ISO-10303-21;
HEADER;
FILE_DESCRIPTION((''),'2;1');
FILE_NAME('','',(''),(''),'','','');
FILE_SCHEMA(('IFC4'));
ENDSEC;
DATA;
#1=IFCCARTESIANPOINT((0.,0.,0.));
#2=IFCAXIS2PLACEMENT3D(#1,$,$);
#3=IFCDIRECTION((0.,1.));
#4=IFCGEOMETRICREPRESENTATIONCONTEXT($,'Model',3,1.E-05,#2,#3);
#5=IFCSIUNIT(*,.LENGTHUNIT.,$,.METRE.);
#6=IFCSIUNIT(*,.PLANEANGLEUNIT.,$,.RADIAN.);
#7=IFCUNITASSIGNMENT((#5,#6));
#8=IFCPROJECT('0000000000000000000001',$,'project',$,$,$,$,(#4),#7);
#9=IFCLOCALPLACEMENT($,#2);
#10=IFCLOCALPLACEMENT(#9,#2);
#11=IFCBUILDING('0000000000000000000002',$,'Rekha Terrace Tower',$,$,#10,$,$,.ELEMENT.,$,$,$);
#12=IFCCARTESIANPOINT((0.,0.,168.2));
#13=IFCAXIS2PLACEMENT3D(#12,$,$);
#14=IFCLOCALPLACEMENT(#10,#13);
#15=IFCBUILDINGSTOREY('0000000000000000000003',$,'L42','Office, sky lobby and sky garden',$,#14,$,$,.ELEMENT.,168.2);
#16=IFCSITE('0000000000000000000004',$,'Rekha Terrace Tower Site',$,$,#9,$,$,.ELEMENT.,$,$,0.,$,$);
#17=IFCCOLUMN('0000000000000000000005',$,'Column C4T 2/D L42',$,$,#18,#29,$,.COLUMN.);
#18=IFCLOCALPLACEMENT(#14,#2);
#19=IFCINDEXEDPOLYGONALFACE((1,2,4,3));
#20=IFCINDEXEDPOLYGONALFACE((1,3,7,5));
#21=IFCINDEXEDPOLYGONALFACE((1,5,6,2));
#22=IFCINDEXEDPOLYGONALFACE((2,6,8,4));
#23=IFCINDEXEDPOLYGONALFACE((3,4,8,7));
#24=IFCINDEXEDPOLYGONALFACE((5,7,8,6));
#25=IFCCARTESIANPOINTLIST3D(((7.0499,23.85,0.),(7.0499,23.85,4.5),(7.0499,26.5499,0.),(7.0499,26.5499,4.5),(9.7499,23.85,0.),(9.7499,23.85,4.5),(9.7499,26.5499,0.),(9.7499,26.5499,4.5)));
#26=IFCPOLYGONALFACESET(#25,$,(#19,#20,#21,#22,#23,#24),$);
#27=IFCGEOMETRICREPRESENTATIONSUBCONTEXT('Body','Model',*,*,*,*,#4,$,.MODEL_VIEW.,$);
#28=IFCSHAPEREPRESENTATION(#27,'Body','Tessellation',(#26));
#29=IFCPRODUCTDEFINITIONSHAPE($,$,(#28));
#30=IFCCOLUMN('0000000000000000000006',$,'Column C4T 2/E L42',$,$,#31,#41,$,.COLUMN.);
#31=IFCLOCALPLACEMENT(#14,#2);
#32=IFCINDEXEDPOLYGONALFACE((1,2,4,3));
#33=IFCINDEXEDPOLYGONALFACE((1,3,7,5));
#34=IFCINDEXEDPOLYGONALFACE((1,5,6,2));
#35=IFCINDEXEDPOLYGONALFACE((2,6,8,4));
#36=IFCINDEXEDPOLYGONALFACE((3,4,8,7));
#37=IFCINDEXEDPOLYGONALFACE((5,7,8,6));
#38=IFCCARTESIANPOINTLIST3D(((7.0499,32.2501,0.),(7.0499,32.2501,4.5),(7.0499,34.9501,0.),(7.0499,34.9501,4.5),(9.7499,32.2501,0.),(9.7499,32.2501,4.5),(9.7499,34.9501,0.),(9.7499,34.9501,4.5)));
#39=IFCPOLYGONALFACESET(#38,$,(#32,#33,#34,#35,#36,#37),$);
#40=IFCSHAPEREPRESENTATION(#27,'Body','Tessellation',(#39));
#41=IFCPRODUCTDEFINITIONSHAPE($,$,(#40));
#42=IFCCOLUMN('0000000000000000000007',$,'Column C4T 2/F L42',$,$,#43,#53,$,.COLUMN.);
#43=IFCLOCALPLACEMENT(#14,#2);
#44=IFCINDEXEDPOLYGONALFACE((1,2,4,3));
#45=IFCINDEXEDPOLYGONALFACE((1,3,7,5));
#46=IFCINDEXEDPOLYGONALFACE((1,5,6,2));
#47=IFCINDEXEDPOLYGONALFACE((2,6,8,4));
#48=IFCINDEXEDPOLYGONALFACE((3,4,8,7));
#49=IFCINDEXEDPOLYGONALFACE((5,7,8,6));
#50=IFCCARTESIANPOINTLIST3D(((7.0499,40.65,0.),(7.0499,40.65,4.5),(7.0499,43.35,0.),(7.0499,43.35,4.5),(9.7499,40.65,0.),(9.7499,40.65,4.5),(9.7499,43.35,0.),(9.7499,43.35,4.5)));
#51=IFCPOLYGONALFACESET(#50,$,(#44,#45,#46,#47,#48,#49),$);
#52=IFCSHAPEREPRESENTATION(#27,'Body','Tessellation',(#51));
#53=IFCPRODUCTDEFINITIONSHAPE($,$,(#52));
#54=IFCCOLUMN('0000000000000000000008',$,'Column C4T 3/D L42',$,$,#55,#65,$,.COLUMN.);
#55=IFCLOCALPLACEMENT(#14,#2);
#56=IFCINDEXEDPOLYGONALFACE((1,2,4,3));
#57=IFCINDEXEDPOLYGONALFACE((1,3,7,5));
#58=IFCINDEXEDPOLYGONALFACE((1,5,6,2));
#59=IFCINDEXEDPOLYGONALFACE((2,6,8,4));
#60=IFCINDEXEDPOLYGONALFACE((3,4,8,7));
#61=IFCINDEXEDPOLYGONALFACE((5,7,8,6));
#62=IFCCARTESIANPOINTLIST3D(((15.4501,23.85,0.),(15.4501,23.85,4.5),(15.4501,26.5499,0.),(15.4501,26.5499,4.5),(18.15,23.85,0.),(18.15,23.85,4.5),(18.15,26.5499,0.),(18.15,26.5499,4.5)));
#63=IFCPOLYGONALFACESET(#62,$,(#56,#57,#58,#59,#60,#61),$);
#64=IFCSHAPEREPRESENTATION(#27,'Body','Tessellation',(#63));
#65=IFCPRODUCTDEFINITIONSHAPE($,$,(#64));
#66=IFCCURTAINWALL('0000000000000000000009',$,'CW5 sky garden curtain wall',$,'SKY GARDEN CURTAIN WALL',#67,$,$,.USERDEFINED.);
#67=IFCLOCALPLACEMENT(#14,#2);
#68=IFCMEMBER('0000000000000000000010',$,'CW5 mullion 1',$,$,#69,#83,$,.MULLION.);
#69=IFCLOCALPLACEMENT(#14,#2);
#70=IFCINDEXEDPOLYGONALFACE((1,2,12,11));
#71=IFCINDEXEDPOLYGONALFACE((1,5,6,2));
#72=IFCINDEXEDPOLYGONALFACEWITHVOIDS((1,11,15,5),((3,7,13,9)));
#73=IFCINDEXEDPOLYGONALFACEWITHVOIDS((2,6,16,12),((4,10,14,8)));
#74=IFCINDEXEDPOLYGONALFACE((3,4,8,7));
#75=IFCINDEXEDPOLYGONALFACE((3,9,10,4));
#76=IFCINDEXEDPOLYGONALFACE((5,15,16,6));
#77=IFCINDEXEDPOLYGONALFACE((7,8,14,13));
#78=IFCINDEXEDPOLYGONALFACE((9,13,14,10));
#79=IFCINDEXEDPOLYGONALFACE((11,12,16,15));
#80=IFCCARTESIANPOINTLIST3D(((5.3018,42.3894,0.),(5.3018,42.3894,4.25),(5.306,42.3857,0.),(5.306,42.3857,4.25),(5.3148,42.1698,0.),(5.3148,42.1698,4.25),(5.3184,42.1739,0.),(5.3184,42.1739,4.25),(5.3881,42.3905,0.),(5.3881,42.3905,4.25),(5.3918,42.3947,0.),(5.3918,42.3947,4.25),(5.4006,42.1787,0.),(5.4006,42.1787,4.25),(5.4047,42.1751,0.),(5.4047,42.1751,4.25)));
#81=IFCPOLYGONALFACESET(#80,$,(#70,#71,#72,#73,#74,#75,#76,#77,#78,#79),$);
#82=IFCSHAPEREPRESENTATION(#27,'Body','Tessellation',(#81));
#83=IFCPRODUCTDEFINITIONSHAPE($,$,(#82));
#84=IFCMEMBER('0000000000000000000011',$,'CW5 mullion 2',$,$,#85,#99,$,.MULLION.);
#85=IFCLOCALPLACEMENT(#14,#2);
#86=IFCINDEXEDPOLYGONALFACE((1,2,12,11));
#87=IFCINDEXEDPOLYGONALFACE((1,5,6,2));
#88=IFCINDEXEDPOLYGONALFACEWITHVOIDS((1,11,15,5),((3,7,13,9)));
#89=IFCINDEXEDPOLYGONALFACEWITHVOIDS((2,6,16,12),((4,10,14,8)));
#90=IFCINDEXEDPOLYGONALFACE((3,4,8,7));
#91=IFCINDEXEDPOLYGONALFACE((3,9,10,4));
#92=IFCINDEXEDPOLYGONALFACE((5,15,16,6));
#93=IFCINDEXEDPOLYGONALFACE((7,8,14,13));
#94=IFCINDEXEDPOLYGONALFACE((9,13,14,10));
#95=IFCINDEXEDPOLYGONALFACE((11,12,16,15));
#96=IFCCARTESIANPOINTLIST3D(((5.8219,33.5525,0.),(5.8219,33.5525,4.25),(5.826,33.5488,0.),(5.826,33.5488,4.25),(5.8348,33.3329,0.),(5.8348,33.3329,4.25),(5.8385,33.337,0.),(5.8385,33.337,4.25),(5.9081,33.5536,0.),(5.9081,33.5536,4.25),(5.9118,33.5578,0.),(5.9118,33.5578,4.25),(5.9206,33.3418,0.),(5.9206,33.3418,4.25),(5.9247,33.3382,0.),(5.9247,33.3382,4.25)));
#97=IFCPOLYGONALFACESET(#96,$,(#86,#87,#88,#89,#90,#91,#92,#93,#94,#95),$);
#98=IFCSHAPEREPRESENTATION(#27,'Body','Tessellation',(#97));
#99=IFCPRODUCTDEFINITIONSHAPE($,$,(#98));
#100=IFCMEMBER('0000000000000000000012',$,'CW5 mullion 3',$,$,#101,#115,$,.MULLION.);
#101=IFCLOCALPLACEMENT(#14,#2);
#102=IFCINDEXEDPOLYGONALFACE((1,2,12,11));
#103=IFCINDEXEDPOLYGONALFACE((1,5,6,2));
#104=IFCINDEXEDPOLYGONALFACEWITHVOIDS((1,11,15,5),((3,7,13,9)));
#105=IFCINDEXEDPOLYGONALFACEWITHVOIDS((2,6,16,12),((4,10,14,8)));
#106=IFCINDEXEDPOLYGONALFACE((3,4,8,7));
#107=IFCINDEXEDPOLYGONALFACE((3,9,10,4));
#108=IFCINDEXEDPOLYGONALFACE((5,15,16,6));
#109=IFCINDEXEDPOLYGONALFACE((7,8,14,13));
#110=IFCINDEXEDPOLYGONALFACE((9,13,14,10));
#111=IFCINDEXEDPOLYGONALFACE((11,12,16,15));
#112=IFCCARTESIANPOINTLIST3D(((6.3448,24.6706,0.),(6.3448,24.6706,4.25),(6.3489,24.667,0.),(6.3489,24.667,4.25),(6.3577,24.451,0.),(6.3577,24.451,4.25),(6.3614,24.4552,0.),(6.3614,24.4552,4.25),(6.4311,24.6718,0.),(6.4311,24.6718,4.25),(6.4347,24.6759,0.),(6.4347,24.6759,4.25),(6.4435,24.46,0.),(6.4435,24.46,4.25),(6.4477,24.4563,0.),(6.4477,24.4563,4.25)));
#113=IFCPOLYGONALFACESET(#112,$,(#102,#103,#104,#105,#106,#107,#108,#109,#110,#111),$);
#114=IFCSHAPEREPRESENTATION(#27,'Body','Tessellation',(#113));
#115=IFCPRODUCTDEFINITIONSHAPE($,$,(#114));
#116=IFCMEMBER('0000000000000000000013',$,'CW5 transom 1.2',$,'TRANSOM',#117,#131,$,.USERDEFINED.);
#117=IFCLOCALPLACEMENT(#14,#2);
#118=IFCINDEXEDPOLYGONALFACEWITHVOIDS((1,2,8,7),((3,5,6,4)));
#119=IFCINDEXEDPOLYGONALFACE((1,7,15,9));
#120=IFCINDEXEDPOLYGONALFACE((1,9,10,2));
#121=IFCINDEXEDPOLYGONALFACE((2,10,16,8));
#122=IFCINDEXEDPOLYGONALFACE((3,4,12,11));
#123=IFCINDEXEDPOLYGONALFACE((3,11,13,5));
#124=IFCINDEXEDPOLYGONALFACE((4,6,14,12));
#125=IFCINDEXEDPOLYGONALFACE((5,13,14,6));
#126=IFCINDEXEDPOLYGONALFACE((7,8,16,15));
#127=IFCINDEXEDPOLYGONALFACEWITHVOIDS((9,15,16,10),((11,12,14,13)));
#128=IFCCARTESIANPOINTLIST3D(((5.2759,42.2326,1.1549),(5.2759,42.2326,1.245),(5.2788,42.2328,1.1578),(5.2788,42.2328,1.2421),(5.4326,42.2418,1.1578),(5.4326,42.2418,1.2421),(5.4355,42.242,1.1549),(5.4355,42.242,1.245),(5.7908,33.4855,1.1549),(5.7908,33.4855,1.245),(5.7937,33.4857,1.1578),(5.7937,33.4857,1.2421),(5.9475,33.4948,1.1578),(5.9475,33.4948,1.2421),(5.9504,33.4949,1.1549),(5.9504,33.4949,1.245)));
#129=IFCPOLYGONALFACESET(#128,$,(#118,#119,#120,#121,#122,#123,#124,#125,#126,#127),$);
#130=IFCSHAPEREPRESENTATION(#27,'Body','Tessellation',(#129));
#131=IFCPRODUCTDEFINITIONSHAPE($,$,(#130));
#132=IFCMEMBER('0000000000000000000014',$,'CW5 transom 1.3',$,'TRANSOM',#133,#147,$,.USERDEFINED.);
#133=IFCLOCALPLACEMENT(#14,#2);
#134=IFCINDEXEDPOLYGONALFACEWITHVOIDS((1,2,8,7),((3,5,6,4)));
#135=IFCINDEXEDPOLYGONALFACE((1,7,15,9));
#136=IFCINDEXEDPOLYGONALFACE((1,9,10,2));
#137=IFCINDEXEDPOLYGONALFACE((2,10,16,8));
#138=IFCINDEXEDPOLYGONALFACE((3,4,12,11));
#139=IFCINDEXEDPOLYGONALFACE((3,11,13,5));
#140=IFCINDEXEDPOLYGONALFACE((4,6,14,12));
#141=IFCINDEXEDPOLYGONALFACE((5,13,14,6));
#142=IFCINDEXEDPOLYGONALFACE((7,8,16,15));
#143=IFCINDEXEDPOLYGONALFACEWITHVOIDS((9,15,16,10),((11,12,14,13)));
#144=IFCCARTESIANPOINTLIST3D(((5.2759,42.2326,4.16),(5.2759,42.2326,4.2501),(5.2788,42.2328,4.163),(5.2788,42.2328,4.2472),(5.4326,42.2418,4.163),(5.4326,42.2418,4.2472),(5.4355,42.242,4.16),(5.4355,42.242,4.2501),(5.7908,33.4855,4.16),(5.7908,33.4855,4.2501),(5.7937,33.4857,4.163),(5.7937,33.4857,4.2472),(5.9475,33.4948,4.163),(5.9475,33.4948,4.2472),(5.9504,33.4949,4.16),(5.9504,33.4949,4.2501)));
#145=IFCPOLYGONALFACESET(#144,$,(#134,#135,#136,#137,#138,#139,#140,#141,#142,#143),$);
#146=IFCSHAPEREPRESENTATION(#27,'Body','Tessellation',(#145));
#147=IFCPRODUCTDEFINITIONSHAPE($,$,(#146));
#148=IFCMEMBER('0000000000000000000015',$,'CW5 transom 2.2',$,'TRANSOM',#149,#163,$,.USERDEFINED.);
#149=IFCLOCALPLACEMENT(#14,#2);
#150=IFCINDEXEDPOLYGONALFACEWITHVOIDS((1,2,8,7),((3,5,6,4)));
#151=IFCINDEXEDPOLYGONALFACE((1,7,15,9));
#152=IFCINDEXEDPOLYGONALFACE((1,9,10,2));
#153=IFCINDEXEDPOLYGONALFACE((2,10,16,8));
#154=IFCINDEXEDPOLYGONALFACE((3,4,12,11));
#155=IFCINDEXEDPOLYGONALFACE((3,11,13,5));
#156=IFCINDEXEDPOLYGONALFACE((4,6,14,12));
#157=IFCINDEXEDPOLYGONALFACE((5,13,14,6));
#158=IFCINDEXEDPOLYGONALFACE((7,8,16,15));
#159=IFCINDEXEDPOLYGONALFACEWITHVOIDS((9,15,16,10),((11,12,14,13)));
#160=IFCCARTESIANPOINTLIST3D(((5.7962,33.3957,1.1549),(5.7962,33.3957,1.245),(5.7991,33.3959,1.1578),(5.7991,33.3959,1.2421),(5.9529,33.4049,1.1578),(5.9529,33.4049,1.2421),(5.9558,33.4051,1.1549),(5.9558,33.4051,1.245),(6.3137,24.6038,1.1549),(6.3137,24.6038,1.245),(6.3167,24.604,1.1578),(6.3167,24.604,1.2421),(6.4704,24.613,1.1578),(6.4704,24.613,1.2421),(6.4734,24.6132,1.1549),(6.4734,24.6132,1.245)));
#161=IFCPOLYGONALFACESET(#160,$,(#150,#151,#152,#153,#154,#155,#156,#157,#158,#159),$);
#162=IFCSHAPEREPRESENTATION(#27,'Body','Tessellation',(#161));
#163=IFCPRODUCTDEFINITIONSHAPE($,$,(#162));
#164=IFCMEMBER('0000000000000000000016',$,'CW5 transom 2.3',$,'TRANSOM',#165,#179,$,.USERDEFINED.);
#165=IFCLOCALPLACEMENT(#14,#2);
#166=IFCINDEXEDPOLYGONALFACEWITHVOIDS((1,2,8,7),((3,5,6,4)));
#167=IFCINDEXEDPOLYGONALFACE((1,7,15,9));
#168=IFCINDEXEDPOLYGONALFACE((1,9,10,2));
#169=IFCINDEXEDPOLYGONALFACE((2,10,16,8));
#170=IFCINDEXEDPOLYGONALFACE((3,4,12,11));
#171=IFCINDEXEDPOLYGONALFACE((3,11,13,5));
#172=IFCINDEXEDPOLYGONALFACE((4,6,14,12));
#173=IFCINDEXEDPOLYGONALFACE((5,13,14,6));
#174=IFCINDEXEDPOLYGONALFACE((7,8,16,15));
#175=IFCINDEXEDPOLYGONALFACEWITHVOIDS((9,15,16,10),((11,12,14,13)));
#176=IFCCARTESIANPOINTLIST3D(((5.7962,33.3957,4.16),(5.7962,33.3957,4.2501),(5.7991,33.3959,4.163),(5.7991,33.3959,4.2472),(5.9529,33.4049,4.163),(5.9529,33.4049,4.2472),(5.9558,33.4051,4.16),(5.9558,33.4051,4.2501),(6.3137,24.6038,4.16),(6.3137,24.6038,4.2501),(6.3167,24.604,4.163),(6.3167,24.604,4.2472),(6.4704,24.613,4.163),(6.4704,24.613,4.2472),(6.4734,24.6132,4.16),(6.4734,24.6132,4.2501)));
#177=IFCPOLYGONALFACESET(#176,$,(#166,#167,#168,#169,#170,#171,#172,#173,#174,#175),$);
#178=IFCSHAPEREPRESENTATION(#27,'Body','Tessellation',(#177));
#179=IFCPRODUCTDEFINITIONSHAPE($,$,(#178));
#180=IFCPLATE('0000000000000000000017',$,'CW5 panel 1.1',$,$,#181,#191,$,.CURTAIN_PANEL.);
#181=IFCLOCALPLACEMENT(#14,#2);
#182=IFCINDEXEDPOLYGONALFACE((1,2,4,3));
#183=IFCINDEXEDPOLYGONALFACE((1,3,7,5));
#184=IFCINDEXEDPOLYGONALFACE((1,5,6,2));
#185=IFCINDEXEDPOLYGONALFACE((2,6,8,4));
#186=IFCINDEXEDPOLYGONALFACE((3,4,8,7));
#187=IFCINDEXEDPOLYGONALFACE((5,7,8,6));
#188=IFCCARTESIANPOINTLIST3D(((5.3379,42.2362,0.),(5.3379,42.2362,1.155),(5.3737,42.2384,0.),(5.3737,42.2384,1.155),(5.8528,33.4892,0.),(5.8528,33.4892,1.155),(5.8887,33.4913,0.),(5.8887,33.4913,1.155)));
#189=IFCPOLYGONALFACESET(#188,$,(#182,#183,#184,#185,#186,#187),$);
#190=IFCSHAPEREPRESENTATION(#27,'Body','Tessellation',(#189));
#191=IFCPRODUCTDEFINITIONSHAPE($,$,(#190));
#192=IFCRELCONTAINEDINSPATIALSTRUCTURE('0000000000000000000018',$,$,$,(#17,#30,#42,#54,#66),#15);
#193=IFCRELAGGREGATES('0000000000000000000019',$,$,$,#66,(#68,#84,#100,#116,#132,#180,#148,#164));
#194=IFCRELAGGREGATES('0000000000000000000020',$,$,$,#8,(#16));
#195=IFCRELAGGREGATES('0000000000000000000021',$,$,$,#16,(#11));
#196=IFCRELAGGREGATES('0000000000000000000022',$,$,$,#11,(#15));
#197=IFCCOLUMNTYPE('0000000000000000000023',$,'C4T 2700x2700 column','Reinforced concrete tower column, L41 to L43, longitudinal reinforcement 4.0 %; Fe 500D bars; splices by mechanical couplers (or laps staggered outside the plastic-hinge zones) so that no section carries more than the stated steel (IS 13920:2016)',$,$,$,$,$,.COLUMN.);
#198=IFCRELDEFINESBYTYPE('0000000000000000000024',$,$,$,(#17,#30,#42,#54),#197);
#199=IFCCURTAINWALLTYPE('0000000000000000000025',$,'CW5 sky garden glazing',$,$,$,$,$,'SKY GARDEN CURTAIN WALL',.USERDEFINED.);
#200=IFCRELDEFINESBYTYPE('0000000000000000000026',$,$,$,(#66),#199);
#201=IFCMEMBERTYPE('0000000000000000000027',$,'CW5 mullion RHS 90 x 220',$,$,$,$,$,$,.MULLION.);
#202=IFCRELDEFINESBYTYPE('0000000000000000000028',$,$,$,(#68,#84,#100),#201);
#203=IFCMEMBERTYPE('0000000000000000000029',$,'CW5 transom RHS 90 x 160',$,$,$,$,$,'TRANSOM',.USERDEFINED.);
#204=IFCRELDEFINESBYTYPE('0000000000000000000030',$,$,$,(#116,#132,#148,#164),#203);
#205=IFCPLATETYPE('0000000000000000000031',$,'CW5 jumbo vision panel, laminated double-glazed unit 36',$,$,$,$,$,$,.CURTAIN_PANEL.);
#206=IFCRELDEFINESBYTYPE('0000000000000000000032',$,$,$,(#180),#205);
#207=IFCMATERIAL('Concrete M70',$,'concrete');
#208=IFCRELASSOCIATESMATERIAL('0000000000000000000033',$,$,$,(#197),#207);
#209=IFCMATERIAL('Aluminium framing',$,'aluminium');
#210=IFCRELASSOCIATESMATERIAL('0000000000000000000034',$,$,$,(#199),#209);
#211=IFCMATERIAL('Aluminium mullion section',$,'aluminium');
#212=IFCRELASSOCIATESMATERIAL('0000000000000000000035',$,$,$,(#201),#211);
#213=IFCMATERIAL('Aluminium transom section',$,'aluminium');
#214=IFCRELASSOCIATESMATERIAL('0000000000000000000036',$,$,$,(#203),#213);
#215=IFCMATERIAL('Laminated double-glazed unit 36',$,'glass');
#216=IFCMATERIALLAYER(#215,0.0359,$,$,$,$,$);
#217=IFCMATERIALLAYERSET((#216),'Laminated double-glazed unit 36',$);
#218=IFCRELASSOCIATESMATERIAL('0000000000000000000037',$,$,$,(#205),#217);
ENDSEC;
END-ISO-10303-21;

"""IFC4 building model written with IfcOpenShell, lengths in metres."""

from ifc_helpers import new_model, si_unit, direction, frame, origin, origin_2d, place, context, subcontext, project, spatial, rectangle, hollow_rectangle, extrude, material, layer, layer_set, material_profile, profile_set, type_object, element, aggregate, save


model = new_model("IFC4")

# Units and contexts
model_context = context("Model", 3, precision=1e-05, world=origin(), true_north=direction((0.0, 1.0)))
body_context = subcontext(model_context, "Body", "Model", "MODEL_VIEW")
ifc_project = project(units=[si_unit("LENGTHUNIT", "METRE"), si_unit("PLANEANGLEUNIT", "RADIAN")], contexts=[model_context])

# Site, building, storey
site_placement = place(None, origin())
site = spatial("IfcSite", under=ifc_project, at=site_placement, Name="Rekha Terrace Tower Site", CompositionType="ELEMENT", RefElevation=0.0)
building_placement = place(site_placement, origin())
building = spatial("IfcBuilding", under=site, at=building_placement, Name="Rekha Terrace Tower", CompositionType="ELEMENT")
storey_placement = place(building_placement, frame((0.0, 0.0, 168.2)))
storey = spatial("IfcBuildingStorey", under=building, at=storey_placement, Name="L42", Description="Office, sky lobby and sky garden", CompositionType="ELEMENT", Elevation=168.2)

# Columns
ifc_material_1 = material(Name="Concrete M70", Category="concrete")
ifc_material_profile_1 = material_profile(ifc_material_1, rectangle(XDim=2.7, YDim=2.7, at=origin_2d()), Name="RC 2700x2700")
ifc_profile_set_1 = profile_set([ifc_material_profile_1], Name="Concrete M70")
column_type = type_object("IfcColumnType", Name="C4T 2700x2700 column", Description="Reinforced concrete tower column, L41 to L43, longitudinal reinforcement 4.0 %; Fe 500D bars; splices by mechanical couplers (or laps staggered outside the plastic-hinge zones) so that no section carries more than the stated steel (IS 13920:2016)", PredefinedType="COLUMN", material=ifc_profile_set_1)
for number, where, z_axis, x_axis, name in (
    (1, (8.3999, 25.2, 0.0), (0.0, 0.0, 1.0), (1.0, 0.0, 0.0), "Column C4T 2/D L42"),
    (2, (8.3999, 33.6001, 0.0), (0.0, 0.0, 1.0), (1.0, 0.0, 0.0), "Column C4T 2/E L42"),
    (3, (8.3999, 42.0, 0.0), (0.0, 0.0, 1.0), (1.0, 0.0, 0.0), "Column C4T 2/F L42"),
    (4, (16.8, 25.2, 0.0), (0.0, 0.0, 1.0), (1.0, 0.0, 0.0), "Column C4T 3/D L42"),
):
    element("IfcColumn", number, at=place(storey_placement, frame(where, z_axis=z_axis, x_axis=x_axis)), inside=storey, type_object=column_type, Name=name, PredefinedType="COLUMN", context=body_context, shape_type="SweptSolid", body=[
        extrude(rectangle(XDim=2.7, YDim=2.7, at=origin_2d()), origin(), (0.0, 0.0, 1.0), 4.5),
    ])

# Curtain wall, members, plate
ifc_material_2 = material(Name="Aluminium framing", Category="aluminium")
curtain_wall_type = type_object("IfcCurtainWallType", Name="CW5 sky garden glazing", ElementType="SKY GARDEN CURTAIN WALL", PredefinedType="USERDEFINED", material=ifc_material_2)
curtain_wall_placement = place(storey_placement, origin())
curtain_wall = element("IfcCurtainWall", 5, at=curtain_wall_placement, inside=storey, type_object=curtain_wall_type, Name="CW5 sky garden curtain wall", ObjectType="SKY GARDEN CURTAIN WALL", PredefinedType="USERDEFINED")
ifc_material_3 = material(Name="Aluminium mullion section", Category="aluminium")
ifc_material_profile_2 = material_profile(ifc_material_3, hollow_rectangle(XDim=0.0901, YDim=0.22, WallThickness=0.0039, at=origin_2d()), Name="AL RHS 90x220")
ifc_profile_set_2 = profile_set([ifc_material_profile_2], Name="Aluminium mullion section")
member_type_1 = type_object("IfcMemberType", Name="CW5 mullion RHS 90 x 220", PredefinedType="MULLION", material=ifc_profile_set_2)
member_1_placement = place(storey_placement, frame((5.3533, 42.2822, 0.0), z_axis=(0.0, 0.0, 1.0), x_axis=(0.998272, 0.058765, 0.0)))
member_1 = element("IfcMember", 6, at=member_1_placement, type_object=member_type_1, Name="CW5 mullion 1", PredefinedType="MULLION", context=body_context, shape_type="SweptSolid", body=[
    extrude(hollow_rectangle(XDim=0.0901, YDim=0.22, WallThickness=0.0039, at=origin_2d()), origin(), (0.0, 0.0, 1.0), 4.25),
])
member_2_placement = place(storey_placement, frame((5.8733, 33.4453, 0.0), z_axis=(0.0, 0.0, 1.0), x_axis=(0.998272, 0.058765, 0.0)))
member_2 = element("IfcMember", 7, at=member_2_placement, type_object=member_type_1, Name="CW5 mullion 2", PredefinedType="MULLION", context=body_context, shape_type="SweptSolid", body=[
    extrude(hollow_rectangle(XDim=0.0901, YDim=0.22, WallThickness=0.0039, at=origin_2d()), origin(), (0.0, 0.0, 1.0), 4.25),
])
member_3_placement = place(storey_placement, frame((6.3962, 24.5635, 0.0), z_axis=(0.0, 0.0, 1.0), x_axis=(0.998272, 0.058765, 0.0)))
member_3 = element("IfcMember", 8, at=member_3_placement, type_object=member_type_1, Name="CW5 mullion 3", PredefinedType="MULLION", context=body_context, shape_type="SweptSolid", body=[
    extrude(hollow_rectangle(XDim=0.0901, YDim=0.22, WallThickness=0.0039, at=origin_2d()), origin(), (0.0, 0.0, 1.0), 4.25),
])
ifc_material_4 = material(Name="Aluminium transom section", Category="aluminium")
ifc_material_profile_3 = material_profile(ifc_material_4, hollow_rectangle(XDim=0.1599, YDim=0.0901, WallThickness=0.0029, at=origin_2d()), Name="AL RHS 160x90")
ifc_profile_set_3 = profile_set([ifc_material_profile_3], Name="Aluminium transom section")
member_type_2 = type_object("IfcMemberType", Name="CW5 transom RHS 90 x 160", ElementType="TRANSOM", PredefinedType="USERDEFINED", material=ifc_profile_set_3)
member_4_placement = place(storey_placement, frame((5.3557, 42.2373, 1.2), z_axis=(0.058763, -0.998272, 0.0), x_axis=(0.998272, 0.058763, 0.0)))
member_4 = element("IfcMember", 9, at=member_4_placement, type_object=member_type_2, Name="CW5 transom 1.2", ObjectType="TRANSOM", PredefinedType="USERDEFINED", context=body_context, shape_type="SweptSolid", body=[
    extrude(hollow_rectangle(XDim=0.1599, YDim=0.0901, WallThickness=0.0029, at=origin_2d()), origin(), (0.0, 0.0, 1.0), 8.7622),
])
member_5_placement = place(storey_placement, frame((5.3557, 42.2373, 4.2051), z_axis=(0.058763, -0.998272, 0.0), x_axis=(0.998272, 0.058763, 0.0)))
member_5 = element("IfcMember", 10, at=member_5_placement, type_object=member_type_2, Name="CW5 transom 1.3", ObjectType="TRANSOM", PredefinedType="USERDEFINED", context=body_context, shape_type="SweptSolid", body=[
    extrude(hollow_rectangle(XDim=0.1599, YDim=0.0901, WallThickness=0.0029, at=origin_2d()), origin(), (0.0, 0.0, 1.0), 8.7622),
])
member_6_placement = place(storey_placement, frame((5.876, 33.4004, 1.2), z_axis=(0.058768, -0.998272, 0.0), x_axis=(0.998272, 0.058768, 0.0)))
member_6 = element("IfcMember", 11, at=member_6_placement, type_object=member_type_2, Name="CW5 transom 2.2", ObjectType="TRANSOM", PredefinedType="USERDEFINED", context=body_context, shape_type="SweptSolid", body=[
    extrude(hollow_rectangle(XDim=0.1599, YDim=0.0901, WallThickness=0.0029, at=origin_2d()), origin(), (0.0, 0.0, 1.0), 8.8071),
])
member_7_placement = place(storey_placement, frame((5.876, 33.4004, 4.2051), z_axis=(0.058768, -0.998272, 0.0), x_axis=(0.998272, 0.058768, 0.0)))
member_7 = element("IfcMember", 12, at=member_7_placement, type_object=member_type_2, Name="CW5 transom 2.3", ObjectType="TRANSOM", PredefinedType="USERDEFINED", context=body_context, shape_type="SweptSolid", body=[
    extrude(hollow_rectangle(XDim=0.1599, YDim=0.0901, WallThickness=0.0029, at=origin_2d()), origin(), (0.0, 0.0, 1.0), 8.8071),
])
ifc_material_5 = material(Name="Laminated double-glazed unit 36", Category="glass")
ifc_layer_1 = layer(ifc_material_5, 0.0359)
ifc_layer_set_1 = layer_set([ifc_layer_1], Name="Laminated double-glazed unit 36")
plate_type = type_object("IfcPlateType", Name="CW5 jumbo vision panel, laminated double-glazed unit 36", PredefinedType="CURTAIN_PANEL", material=ifc_layer_set_1)
plate_1_placement = place(storey_placement, frame((5.6133, 37.8638, 0.0), z_axis=(0.0, 0.0, 1.0), x_axis=(0.058765, -0.998272, 0.0)))
plate_1 = element("IfcPlate", 13, at=plate_1_placement, type_object=plate_type, Name="CW5 panel 1.1", PredefinedType="CURTAIN_PANEL", context=body_context, shape_type="SweptSolid", body=[
    extrude(rectangle(XDim=8.7622, YDim=0.0359, at=origin_2d()), origin(), (0.0, 0.0, 1.0), 1.155),
])
aggregate(curtain_wall, [member_1, member_2, member_3, member_4, member_5, plate_1, member_6, member_7])

save(model, "model.ifc")
